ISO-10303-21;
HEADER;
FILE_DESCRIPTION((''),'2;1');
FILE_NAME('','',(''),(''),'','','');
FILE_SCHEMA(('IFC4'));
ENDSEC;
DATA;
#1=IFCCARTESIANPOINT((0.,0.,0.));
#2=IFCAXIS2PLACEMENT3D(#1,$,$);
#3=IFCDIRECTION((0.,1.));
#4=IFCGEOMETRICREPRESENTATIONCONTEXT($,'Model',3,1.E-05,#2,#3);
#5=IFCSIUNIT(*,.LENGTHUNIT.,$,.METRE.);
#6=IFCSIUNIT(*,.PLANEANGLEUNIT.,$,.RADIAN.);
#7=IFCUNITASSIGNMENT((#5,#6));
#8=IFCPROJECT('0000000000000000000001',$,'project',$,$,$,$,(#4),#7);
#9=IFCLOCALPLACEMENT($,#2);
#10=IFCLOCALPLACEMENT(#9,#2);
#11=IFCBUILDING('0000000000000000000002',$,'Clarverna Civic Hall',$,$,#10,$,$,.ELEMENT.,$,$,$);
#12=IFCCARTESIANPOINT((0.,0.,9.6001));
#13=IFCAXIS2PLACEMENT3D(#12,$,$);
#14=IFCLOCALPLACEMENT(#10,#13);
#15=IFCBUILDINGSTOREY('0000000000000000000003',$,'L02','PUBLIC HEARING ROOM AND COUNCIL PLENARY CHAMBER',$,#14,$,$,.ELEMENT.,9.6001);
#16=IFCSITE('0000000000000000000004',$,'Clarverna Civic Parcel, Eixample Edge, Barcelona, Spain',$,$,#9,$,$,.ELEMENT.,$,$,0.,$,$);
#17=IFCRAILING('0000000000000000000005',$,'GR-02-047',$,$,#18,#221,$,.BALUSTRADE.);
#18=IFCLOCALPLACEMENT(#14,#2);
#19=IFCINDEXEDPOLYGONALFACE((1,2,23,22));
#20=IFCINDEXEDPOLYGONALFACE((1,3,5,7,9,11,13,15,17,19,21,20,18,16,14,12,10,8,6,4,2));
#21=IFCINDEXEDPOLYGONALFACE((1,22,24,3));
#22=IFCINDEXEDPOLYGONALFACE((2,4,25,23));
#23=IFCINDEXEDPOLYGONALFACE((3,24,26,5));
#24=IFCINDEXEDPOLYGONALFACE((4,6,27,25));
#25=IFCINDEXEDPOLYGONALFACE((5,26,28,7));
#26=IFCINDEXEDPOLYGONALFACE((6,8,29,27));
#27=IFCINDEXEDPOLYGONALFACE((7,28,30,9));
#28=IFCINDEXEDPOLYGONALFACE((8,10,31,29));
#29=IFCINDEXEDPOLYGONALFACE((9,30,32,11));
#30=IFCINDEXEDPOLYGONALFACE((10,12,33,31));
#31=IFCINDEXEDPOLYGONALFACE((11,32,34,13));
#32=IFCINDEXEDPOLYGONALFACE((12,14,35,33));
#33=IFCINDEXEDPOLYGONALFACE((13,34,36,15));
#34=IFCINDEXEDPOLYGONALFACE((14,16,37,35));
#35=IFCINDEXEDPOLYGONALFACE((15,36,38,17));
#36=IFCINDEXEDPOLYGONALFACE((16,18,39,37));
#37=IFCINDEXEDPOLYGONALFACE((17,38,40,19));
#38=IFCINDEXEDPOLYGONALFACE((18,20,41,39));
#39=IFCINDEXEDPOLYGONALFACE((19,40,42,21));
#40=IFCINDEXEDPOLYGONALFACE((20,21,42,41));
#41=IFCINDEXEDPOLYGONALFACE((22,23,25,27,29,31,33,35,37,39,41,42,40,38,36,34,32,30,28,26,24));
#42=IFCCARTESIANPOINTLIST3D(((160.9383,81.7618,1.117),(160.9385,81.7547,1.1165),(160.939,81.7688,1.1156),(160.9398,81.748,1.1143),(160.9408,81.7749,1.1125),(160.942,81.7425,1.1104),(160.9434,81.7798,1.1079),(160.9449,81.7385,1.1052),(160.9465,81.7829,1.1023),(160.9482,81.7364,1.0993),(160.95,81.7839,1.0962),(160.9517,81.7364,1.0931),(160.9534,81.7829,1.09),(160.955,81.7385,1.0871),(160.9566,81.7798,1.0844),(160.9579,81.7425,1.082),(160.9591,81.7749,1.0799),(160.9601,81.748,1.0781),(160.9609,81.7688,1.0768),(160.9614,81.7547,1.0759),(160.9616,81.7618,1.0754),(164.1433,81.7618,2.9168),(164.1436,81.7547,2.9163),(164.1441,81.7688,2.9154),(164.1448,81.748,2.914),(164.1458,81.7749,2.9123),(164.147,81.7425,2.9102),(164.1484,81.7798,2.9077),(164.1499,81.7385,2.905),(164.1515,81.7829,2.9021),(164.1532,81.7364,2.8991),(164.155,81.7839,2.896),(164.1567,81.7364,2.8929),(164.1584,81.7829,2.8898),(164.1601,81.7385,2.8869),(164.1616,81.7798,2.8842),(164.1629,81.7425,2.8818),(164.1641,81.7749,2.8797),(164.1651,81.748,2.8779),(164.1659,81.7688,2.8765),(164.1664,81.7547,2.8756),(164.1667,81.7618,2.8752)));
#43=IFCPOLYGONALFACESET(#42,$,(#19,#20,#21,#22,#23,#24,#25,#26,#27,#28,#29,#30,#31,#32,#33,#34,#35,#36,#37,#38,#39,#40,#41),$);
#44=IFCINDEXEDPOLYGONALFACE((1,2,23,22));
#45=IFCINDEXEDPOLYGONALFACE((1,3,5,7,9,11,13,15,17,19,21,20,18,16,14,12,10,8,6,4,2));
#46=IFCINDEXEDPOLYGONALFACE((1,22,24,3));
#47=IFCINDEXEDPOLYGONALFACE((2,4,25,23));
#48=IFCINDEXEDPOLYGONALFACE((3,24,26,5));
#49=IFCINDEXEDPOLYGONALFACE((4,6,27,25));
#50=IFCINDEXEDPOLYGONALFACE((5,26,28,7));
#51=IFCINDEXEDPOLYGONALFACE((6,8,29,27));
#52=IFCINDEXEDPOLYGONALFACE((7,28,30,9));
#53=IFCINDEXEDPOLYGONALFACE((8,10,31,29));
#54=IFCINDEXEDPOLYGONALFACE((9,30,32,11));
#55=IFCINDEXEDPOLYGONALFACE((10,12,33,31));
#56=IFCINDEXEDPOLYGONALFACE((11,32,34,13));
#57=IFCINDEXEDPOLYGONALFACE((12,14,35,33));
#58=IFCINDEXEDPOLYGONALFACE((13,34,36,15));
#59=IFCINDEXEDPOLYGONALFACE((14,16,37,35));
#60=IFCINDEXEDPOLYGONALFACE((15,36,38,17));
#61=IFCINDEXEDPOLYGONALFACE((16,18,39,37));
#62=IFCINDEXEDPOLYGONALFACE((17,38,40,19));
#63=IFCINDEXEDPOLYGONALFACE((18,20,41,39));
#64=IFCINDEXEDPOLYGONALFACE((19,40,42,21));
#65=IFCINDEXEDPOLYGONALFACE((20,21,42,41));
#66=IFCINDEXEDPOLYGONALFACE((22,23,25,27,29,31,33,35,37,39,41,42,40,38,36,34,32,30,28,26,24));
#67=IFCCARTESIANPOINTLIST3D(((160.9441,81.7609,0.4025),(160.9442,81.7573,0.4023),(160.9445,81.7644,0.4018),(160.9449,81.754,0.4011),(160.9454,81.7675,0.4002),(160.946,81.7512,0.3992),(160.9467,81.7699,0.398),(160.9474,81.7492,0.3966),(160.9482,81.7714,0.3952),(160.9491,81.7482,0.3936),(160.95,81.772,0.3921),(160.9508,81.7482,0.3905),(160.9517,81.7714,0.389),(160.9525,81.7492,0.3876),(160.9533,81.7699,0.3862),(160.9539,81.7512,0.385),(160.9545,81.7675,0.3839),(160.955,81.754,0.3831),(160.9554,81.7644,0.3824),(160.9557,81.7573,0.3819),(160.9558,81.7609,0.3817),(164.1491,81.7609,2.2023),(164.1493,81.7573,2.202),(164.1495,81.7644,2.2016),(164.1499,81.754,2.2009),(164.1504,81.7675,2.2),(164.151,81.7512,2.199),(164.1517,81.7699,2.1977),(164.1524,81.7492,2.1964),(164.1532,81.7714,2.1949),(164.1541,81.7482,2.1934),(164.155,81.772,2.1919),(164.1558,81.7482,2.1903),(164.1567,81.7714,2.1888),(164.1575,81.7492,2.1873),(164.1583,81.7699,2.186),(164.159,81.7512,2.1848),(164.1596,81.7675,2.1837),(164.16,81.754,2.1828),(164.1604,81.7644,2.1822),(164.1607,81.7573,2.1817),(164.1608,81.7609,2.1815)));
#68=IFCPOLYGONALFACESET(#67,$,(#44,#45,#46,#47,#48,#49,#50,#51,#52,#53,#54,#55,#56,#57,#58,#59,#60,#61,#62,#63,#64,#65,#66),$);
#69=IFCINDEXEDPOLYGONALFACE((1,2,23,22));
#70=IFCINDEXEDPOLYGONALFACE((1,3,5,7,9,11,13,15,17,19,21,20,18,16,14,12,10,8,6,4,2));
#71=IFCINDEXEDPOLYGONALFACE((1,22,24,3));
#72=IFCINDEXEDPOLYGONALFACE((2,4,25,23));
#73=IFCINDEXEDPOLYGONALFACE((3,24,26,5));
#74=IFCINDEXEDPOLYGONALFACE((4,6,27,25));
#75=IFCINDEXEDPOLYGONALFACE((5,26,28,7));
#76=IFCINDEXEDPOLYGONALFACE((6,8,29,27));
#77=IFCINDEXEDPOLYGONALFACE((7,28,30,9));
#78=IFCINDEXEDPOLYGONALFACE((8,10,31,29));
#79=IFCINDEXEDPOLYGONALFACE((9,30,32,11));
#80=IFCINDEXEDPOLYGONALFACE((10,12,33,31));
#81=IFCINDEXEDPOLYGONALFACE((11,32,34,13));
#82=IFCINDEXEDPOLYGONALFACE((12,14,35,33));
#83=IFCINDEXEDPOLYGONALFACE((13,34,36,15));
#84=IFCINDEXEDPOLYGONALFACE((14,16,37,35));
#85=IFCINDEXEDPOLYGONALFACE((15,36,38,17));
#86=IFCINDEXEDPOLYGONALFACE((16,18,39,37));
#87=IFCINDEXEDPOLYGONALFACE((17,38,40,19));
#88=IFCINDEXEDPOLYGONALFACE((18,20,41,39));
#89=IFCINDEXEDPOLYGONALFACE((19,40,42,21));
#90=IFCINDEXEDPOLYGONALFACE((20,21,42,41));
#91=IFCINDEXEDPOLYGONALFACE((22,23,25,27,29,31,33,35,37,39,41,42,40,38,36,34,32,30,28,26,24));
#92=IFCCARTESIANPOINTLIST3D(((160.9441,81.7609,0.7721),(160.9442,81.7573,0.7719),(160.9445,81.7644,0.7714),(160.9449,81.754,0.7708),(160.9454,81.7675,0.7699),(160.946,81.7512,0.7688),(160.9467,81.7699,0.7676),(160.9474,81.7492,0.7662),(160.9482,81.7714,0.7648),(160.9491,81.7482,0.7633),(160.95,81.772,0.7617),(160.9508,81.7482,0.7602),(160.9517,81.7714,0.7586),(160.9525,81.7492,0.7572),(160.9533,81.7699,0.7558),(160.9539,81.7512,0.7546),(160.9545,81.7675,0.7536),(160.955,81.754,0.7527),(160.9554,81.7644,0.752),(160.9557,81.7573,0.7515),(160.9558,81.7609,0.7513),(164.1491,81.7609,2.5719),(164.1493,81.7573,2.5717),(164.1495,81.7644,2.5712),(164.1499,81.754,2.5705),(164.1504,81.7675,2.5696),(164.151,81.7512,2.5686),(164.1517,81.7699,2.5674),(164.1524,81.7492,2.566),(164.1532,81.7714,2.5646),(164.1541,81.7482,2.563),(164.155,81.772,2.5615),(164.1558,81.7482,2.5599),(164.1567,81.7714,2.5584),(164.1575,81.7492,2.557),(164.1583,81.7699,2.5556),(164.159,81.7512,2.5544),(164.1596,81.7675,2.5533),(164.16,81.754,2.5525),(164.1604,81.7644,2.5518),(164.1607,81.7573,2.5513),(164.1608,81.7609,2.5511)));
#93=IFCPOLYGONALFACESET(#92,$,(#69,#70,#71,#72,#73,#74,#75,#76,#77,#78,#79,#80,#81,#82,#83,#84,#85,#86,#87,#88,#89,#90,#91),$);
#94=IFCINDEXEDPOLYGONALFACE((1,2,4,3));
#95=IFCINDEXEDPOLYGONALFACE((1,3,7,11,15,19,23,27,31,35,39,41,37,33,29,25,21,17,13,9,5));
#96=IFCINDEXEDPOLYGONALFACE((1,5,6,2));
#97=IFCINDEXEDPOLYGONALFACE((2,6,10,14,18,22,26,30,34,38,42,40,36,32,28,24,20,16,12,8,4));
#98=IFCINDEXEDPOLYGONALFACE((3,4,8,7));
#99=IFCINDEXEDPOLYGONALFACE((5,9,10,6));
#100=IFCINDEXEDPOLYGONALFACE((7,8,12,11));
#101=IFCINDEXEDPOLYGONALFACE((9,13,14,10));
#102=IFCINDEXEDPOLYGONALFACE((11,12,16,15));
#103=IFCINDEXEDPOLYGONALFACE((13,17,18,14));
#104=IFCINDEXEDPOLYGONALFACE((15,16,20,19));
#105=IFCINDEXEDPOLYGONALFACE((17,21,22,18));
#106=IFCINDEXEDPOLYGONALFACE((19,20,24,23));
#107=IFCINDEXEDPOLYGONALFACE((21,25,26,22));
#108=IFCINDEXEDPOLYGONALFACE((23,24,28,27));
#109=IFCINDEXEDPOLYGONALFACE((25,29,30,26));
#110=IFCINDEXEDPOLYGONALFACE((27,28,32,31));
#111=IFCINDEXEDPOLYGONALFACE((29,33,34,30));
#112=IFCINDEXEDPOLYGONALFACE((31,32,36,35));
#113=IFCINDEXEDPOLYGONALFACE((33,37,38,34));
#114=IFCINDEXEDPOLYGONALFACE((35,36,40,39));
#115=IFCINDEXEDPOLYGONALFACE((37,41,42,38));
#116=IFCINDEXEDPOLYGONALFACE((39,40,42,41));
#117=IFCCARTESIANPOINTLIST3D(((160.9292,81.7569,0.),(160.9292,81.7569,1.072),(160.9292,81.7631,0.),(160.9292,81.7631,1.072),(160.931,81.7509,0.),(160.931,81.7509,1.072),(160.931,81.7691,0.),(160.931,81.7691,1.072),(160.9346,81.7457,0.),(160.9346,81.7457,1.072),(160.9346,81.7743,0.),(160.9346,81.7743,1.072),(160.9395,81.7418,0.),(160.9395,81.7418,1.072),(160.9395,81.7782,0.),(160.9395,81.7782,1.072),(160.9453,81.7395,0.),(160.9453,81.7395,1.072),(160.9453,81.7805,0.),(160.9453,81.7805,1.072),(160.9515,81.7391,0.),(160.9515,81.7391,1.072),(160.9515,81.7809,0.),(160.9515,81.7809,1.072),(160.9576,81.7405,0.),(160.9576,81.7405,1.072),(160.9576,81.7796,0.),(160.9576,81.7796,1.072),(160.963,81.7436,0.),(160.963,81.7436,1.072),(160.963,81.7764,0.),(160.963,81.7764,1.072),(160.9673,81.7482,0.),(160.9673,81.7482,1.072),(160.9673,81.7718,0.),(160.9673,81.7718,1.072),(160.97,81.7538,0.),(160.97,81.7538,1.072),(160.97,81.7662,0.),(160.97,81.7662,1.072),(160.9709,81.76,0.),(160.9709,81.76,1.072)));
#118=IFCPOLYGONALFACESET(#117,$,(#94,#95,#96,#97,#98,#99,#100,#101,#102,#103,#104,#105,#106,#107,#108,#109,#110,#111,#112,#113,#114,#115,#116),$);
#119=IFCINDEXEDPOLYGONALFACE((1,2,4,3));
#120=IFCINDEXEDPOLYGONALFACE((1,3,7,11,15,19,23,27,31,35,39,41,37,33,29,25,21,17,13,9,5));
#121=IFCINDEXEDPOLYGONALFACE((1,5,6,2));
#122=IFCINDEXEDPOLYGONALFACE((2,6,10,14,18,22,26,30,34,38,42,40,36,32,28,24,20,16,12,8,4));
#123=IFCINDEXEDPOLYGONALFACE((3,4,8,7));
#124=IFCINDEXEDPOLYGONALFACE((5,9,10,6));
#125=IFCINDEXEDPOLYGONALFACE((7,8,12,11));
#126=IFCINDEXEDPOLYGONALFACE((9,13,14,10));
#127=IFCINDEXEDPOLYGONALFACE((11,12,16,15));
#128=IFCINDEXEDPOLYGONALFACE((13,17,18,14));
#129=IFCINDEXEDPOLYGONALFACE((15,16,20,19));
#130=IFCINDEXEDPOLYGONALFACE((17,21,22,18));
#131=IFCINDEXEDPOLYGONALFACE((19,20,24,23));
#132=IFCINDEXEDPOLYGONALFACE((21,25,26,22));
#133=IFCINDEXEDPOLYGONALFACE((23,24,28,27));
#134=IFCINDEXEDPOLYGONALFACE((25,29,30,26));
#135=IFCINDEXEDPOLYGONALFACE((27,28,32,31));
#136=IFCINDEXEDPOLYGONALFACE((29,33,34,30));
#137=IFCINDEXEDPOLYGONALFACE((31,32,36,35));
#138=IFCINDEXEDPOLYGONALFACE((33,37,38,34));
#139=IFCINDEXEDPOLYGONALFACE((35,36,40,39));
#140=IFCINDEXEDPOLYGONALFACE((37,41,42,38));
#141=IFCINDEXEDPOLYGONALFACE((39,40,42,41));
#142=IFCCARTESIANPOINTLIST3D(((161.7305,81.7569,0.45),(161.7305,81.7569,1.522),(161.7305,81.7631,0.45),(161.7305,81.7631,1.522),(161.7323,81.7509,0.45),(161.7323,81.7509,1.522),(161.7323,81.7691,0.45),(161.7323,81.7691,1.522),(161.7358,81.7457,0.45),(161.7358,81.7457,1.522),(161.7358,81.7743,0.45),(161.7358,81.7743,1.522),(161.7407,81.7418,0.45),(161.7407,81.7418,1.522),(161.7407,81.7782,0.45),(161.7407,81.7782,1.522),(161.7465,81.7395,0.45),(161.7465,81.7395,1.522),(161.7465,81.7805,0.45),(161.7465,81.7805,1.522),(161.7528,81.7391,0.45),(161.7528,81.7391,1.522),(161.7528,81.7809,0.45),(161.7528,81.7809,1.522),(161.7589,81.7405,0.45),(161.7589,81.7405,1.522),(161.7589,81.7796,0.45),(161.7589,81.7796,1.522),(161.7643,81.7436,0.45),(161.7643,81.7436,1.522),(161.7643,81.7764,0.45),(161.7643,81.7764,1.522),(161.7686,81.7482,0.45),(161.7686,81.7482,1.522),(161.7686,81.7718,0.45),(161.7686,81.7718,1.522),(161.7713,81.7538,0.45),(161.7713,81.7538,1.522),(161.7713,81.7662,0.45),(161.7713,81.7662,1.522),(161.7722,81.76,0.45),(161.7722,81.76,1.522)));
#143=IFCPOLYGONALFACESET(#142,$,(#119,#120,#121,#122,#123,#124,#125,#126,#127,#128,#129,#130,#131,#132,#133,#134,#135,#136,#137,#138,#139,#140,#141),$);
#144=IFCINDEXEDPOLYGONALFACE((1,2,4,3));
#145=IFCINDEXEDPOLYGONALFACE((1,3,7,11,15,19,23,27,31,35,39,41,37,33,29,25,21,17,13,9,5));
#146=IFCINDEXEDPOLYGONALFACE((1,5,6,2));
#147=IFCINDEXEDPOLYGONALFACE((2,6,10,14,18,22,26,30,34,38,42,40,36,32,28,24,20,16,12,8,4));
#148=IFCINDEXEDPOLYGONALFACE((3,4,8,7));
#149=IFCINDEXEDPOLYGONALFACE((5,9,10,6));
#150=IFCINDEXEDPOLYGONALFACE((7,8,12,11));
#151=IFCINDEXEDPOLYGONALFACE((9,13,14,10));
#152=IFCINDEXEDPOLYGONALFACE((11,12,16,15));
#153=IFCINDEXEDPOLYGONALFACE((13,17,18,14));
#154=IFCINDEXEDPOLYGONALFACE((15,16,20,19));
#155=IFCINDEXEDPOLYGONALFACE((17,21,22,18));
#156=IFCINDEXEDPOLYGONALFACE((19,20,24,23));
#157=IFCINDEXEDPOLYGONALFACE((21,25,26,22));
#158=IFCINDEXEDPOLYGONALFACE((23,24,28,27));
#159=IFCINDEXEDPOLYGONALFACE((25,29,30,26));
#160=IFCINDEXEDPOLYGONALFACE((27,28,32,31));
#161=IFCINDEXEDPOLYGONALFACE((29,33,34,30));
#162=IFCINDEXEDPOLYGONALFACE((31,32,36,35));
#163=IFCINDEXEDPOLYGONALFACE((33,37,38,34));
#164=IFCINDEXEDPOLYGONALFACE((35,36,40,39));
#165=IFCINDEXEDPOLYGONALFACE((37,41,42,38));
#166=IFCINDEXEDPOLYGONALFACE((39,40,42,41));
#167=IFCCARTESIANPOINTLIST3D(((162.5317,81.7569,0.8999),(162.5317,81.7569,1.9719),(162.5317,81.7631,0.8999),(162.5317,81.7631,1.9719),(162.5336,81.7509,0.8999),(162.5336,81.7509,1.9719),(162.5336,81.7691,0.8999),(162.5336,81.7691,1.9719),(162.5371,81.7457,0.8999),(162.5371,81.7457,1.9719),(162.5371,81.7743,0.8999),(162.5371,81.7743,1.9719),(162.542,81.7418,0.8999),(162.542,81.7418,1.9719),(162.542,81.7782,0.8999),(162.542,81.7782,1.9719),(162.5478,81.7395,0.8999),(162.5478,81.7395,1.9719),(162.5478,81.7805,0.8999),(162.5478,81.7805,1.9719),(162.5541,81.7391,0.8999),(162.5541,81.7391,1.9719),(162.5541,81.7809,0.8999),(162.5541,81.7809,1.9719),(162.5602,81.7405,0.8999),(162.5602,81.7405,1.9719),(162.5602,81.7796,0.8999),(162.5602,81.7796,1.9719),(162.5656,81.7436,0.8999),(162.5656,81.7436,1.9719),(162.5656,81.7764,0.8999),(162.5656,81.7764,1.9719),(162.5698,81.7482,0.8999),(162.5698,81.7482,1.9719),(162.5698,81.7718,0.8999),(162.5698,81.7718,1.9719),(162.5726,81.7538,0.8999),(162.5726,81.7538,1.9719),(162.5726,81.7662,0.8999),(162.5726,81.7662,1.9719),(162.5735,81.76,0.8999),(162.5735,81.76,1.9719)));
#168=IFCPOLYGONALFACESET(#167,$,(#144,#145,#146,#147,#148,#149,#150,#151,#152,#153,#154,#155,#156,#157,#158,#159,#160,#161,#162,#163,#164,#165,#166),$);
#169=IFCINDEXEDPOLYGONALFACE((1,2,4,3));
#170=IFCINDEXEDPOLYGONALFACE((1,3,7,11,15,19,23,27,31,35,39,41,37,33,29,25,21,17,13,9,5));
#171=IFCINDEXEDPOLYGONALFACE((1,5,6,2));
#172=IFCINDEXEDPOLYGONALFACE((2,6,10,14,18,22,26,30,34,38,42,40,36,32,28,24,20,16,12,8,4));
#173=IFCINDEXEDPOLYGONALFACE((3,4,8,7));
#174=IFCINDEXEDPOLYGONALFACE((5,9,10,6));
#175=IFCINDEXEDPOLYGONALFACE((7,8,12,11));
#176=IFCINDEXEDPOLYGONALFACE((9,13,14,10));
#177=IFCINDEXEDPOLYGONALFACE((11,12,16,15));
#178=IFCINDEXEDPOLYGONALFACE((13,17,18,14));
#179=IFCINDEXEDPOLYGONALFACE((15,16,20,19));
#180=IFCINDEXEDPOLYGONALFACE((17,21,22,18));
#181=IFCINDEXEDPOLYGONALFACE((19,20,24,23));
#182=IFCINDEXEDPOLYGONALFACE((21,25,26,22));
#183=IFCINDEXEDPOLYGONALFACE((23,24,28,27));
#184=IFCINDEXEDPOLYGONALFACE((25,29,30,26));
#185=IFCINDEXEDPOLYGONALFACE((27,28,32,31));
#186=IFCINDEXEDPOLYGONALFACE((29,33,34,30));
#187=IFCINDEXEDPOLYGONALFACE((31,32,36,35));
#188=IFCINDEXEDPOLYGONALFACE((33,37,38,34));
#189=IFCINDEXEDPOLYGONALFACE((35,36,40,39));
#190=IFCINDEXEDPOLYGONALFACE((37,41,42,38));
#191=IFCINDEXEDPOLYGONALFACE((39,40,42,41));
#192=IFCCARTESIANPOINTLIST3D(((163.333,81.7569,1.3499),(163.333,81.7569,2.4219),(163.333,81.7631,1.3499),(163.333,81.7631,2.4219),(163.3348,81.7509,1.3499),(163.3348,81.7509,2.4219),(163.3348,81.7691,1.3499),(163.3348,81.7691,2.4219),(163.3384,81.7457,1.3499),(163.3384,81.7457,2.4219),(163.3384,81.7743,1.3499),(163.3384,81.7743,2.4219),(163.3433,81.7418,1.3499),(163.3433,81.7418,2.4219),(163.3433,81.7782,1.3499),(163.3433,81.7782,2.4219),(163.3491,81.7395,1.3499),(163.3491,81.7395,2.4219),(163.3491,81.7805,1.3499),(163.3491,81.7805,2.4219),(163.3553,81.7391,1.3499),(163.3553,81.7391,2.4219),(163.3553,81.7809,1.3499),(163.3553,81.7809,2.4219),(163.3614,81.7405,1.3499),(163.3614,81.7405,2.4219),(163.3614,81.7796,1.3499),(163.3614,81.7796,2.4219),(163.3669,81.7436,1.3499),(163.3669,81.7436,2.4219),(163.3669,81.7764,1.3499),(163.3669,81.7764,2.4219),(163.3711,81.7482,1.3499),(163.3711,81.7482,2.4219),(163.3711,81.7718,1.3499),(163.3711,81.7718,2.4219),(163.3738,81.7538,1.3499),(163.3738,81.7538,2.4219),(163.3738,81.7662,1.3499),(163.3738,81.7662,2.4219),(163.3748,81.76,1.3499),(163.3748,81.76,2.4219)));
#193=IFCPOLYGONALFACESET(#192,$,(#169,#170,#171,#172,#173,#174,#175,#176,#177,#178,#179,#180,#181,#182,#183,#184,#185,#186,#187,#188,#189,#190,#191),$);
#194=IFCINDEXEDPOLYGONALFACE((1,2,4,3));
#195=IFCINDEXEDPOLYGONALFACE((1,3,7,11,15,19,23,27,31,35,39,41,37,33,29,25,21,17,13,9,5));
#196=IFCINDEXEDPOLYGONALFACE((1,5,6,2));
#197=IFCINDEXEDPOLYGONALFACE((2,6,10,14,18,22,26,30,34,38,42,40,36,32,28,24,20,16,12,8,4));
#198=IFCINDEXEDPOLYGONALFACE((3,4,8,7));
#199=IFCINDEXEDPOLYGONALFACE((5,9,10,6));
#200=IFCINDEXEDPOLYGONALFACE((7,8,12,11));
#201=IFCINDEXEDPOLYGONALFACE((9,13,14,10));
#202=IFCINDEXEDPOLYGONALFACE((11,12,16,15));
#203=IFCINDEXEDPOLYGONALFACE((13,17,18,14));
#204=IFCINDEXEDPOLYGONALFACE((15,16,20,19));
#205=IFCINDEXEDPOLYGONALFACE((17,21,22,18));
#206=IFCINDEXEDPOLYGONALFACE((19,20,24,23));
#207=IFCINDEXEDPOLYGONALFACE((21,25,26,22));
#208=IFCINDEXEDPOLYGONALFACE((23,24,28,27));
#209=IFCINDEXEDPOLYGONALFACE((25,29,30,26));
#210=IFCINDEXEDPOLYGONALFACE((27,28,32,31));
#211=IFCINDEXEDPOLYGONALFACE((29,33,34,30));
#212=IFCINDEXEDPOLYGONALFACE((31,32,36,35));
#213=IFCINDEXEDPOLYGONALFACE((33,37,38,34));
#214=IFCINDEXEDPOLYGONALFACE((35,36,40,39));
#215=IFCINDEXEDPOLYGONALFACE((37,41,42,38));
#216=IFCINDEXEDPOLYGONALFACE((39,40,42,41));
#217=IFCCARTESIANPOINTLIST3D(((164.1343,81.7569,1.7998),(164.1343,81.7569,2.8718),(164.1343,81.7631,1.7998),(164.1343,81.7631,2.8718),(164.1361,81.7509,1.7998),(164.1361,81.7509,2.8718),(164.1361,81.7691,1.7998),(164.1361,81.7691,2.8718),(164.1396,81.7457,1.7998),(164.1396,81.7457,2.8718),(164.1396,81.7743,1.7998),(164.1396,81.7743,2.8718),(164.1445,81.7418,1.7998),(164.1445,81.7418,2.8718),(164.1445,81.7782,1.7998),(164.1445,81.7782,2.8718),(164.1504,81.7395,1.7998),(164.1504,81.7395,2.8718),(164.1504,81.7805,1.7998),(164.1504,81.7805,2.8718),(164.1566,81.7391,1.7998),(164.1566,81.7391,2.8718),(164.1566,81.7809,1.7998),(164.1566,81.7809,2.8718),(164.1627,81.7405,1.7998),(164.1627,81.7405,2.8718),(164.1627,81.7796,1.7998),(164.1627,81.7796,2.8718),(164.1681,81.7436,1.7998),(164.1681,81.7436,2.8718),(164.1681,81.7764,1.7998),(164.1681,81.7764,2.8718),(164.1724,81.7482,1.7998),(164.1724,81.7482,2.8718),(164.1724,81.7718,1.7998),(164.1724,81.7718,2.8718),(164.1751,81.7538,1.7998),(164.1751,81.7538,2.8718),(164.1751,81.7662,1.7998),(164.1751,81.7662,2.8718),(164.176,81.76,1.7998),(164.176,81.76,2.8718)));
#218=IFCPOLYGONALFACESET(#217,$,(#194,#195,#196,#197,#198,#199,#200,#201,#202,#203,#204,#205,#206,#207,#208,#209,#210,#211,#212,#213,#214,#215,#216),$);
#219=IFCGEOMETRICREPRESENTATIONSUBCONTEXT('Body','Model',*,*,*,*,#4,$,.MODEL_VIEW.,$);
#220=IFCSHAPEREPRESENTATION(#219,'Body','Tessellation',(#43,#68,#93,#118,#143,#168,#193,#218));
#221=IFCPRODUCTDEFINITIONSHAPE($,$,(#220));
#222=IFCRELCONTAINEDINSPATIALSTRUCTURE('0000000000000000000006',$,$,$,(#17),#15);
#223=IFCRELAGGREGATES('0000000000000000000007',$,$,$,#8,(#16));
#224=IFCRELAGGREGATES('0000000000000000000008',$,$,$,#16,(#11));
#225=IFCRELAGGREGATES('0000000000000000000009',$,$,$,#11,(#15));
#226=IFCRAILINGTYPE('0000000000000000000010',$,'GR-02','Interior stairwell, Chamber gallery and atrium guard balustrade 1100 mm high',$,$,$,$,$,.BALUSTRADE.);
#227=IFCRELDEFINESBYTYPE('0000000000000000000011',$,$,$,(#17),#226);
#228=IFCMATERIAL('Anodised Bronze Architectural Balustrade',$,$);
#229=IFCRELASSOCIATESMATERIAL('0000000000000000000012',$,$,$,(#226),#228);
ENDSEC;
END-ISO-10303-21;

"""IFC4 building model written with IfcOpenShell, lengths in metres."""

from ifc_helpers import new_model, si_unit, direction, frame, origin, origin_2d, place, context, subcontext, project, spatial, circle, extrude, material, type_object, element, save


model = new_model("IFC4")

# Units and contexts
model_context = context("Model", 3, precision=1e-05, world=origin(), true_north=direction((0.0, 1.0)))
body_context = subcontext(model_context, "Body", "Model", "MODEL_VIEW")
ifc_project = project(units=[si_unit("LENGTHUNIT", "METRE"), si_unit("PLANEANGLEUNIT", "RADIAN")], contexts=[model_context])

# Site, building, storey
site_placement = place(None, origin())
site = spatial("IfcSite", under=ifc_project, at=site_placement, Name="Clarverna Civic Parcel, Eixample Edge, Barcelona, Spain", CompositionType="ELEMENT", RefElevation=0.0)
building_placement = place(site_placement, origin())
building = spatial("IfcBuilding", under=site, at=building_placement, Name="Clarverna Civic Hall", CompositionType="ELEMENT")
storey_placement = place(building_placement, frame((0.0, 0.0, 9.6001)))
storey = spatial("IfcBuildingStorey", under=building, at=storey_placement, Name="L02", Description="PUBLIC HEARING ROOM AND COUNCIL PLENARY CHAMBER", CompositionType="ELEMENT", Elevation=9.6001)

# Railing
ifc_material_1 = material(Name="Anodised Bronze Architectural Balustrade")
railing_type_1 = type_object("IfcRailingType", Name="GR-02", Description="Interior stairwell, Chamber gallery and atrium guard balustrade 1100 mm high", PredefinedType="BALUSTRADE", material=ifc_material_1)
railing_1_placement = place(storey_placement, frame((160.95, 81.76, 0.0)))
element("IfcRailing", 1, at=railing_1_placement, inside=storey, type_object=railing_type_1, Name="GR-02-047", PredefinedType="BALUSTRADE", context=body_context, shape_type="SweptSolid", body=[
    extrude(circle(Radius=0.0239, at=origin_2d()), frame((0.0, 0.0, 1.0962), z_axis=(0.87193, 0.0, 0.48963), x_axis=(0.0, 1.0, 0.0)), (0.0, 0.0, 1.0), 3.6758),
    extrude(circle(Radius=0.012, at=origin_2d()), frame((0.0, 0.0, 0.3921), z_axis=(0.87193, 0.0, 0.48963), x_axis=(0.0, 1.0, 0.0)), (0.0, 0.0, 1.0), 3.6758),
    extrude(circle(Radius=0.012, at=origin_2d()), frame((0.0, 0.0, 0.7617), z_axis=(0.87193, 0.0, 0.48963), x_axis=(0.0, 1.0, 0.0)), (0.0, 0.0, 1.0), 3.6758),
    extrude(circle(Radius=0.021, at=origin_2d()), origin(), (0.0, 0.0, 1.0), 1.072),
    extrude(circle(Radius=0.021, at=origin_2d()), frame((0.8013, 0.0, 0.45)), (0.0, 0.0, 1.0), 1.072),
    extrude(circle(Radius=0.021, at=origin_2d()), frame((1.6025, 0.0, 0.8999)), (0.0, 0.0, 1.0), 1.072),
    extrude(circle(Radius=0.021, at=origin_2d()), frame((2.4038, 0.0, 1.3499)), (0.0, 0.0, 1.0), 1.072),
    extrude(circle(Radius=0.021, at=origin_2d()), frame((3.2051, 0.0, 1.7998)), (0.0, 0.0, 1.0), 1.072),
])

save(model, "model.ifc")
